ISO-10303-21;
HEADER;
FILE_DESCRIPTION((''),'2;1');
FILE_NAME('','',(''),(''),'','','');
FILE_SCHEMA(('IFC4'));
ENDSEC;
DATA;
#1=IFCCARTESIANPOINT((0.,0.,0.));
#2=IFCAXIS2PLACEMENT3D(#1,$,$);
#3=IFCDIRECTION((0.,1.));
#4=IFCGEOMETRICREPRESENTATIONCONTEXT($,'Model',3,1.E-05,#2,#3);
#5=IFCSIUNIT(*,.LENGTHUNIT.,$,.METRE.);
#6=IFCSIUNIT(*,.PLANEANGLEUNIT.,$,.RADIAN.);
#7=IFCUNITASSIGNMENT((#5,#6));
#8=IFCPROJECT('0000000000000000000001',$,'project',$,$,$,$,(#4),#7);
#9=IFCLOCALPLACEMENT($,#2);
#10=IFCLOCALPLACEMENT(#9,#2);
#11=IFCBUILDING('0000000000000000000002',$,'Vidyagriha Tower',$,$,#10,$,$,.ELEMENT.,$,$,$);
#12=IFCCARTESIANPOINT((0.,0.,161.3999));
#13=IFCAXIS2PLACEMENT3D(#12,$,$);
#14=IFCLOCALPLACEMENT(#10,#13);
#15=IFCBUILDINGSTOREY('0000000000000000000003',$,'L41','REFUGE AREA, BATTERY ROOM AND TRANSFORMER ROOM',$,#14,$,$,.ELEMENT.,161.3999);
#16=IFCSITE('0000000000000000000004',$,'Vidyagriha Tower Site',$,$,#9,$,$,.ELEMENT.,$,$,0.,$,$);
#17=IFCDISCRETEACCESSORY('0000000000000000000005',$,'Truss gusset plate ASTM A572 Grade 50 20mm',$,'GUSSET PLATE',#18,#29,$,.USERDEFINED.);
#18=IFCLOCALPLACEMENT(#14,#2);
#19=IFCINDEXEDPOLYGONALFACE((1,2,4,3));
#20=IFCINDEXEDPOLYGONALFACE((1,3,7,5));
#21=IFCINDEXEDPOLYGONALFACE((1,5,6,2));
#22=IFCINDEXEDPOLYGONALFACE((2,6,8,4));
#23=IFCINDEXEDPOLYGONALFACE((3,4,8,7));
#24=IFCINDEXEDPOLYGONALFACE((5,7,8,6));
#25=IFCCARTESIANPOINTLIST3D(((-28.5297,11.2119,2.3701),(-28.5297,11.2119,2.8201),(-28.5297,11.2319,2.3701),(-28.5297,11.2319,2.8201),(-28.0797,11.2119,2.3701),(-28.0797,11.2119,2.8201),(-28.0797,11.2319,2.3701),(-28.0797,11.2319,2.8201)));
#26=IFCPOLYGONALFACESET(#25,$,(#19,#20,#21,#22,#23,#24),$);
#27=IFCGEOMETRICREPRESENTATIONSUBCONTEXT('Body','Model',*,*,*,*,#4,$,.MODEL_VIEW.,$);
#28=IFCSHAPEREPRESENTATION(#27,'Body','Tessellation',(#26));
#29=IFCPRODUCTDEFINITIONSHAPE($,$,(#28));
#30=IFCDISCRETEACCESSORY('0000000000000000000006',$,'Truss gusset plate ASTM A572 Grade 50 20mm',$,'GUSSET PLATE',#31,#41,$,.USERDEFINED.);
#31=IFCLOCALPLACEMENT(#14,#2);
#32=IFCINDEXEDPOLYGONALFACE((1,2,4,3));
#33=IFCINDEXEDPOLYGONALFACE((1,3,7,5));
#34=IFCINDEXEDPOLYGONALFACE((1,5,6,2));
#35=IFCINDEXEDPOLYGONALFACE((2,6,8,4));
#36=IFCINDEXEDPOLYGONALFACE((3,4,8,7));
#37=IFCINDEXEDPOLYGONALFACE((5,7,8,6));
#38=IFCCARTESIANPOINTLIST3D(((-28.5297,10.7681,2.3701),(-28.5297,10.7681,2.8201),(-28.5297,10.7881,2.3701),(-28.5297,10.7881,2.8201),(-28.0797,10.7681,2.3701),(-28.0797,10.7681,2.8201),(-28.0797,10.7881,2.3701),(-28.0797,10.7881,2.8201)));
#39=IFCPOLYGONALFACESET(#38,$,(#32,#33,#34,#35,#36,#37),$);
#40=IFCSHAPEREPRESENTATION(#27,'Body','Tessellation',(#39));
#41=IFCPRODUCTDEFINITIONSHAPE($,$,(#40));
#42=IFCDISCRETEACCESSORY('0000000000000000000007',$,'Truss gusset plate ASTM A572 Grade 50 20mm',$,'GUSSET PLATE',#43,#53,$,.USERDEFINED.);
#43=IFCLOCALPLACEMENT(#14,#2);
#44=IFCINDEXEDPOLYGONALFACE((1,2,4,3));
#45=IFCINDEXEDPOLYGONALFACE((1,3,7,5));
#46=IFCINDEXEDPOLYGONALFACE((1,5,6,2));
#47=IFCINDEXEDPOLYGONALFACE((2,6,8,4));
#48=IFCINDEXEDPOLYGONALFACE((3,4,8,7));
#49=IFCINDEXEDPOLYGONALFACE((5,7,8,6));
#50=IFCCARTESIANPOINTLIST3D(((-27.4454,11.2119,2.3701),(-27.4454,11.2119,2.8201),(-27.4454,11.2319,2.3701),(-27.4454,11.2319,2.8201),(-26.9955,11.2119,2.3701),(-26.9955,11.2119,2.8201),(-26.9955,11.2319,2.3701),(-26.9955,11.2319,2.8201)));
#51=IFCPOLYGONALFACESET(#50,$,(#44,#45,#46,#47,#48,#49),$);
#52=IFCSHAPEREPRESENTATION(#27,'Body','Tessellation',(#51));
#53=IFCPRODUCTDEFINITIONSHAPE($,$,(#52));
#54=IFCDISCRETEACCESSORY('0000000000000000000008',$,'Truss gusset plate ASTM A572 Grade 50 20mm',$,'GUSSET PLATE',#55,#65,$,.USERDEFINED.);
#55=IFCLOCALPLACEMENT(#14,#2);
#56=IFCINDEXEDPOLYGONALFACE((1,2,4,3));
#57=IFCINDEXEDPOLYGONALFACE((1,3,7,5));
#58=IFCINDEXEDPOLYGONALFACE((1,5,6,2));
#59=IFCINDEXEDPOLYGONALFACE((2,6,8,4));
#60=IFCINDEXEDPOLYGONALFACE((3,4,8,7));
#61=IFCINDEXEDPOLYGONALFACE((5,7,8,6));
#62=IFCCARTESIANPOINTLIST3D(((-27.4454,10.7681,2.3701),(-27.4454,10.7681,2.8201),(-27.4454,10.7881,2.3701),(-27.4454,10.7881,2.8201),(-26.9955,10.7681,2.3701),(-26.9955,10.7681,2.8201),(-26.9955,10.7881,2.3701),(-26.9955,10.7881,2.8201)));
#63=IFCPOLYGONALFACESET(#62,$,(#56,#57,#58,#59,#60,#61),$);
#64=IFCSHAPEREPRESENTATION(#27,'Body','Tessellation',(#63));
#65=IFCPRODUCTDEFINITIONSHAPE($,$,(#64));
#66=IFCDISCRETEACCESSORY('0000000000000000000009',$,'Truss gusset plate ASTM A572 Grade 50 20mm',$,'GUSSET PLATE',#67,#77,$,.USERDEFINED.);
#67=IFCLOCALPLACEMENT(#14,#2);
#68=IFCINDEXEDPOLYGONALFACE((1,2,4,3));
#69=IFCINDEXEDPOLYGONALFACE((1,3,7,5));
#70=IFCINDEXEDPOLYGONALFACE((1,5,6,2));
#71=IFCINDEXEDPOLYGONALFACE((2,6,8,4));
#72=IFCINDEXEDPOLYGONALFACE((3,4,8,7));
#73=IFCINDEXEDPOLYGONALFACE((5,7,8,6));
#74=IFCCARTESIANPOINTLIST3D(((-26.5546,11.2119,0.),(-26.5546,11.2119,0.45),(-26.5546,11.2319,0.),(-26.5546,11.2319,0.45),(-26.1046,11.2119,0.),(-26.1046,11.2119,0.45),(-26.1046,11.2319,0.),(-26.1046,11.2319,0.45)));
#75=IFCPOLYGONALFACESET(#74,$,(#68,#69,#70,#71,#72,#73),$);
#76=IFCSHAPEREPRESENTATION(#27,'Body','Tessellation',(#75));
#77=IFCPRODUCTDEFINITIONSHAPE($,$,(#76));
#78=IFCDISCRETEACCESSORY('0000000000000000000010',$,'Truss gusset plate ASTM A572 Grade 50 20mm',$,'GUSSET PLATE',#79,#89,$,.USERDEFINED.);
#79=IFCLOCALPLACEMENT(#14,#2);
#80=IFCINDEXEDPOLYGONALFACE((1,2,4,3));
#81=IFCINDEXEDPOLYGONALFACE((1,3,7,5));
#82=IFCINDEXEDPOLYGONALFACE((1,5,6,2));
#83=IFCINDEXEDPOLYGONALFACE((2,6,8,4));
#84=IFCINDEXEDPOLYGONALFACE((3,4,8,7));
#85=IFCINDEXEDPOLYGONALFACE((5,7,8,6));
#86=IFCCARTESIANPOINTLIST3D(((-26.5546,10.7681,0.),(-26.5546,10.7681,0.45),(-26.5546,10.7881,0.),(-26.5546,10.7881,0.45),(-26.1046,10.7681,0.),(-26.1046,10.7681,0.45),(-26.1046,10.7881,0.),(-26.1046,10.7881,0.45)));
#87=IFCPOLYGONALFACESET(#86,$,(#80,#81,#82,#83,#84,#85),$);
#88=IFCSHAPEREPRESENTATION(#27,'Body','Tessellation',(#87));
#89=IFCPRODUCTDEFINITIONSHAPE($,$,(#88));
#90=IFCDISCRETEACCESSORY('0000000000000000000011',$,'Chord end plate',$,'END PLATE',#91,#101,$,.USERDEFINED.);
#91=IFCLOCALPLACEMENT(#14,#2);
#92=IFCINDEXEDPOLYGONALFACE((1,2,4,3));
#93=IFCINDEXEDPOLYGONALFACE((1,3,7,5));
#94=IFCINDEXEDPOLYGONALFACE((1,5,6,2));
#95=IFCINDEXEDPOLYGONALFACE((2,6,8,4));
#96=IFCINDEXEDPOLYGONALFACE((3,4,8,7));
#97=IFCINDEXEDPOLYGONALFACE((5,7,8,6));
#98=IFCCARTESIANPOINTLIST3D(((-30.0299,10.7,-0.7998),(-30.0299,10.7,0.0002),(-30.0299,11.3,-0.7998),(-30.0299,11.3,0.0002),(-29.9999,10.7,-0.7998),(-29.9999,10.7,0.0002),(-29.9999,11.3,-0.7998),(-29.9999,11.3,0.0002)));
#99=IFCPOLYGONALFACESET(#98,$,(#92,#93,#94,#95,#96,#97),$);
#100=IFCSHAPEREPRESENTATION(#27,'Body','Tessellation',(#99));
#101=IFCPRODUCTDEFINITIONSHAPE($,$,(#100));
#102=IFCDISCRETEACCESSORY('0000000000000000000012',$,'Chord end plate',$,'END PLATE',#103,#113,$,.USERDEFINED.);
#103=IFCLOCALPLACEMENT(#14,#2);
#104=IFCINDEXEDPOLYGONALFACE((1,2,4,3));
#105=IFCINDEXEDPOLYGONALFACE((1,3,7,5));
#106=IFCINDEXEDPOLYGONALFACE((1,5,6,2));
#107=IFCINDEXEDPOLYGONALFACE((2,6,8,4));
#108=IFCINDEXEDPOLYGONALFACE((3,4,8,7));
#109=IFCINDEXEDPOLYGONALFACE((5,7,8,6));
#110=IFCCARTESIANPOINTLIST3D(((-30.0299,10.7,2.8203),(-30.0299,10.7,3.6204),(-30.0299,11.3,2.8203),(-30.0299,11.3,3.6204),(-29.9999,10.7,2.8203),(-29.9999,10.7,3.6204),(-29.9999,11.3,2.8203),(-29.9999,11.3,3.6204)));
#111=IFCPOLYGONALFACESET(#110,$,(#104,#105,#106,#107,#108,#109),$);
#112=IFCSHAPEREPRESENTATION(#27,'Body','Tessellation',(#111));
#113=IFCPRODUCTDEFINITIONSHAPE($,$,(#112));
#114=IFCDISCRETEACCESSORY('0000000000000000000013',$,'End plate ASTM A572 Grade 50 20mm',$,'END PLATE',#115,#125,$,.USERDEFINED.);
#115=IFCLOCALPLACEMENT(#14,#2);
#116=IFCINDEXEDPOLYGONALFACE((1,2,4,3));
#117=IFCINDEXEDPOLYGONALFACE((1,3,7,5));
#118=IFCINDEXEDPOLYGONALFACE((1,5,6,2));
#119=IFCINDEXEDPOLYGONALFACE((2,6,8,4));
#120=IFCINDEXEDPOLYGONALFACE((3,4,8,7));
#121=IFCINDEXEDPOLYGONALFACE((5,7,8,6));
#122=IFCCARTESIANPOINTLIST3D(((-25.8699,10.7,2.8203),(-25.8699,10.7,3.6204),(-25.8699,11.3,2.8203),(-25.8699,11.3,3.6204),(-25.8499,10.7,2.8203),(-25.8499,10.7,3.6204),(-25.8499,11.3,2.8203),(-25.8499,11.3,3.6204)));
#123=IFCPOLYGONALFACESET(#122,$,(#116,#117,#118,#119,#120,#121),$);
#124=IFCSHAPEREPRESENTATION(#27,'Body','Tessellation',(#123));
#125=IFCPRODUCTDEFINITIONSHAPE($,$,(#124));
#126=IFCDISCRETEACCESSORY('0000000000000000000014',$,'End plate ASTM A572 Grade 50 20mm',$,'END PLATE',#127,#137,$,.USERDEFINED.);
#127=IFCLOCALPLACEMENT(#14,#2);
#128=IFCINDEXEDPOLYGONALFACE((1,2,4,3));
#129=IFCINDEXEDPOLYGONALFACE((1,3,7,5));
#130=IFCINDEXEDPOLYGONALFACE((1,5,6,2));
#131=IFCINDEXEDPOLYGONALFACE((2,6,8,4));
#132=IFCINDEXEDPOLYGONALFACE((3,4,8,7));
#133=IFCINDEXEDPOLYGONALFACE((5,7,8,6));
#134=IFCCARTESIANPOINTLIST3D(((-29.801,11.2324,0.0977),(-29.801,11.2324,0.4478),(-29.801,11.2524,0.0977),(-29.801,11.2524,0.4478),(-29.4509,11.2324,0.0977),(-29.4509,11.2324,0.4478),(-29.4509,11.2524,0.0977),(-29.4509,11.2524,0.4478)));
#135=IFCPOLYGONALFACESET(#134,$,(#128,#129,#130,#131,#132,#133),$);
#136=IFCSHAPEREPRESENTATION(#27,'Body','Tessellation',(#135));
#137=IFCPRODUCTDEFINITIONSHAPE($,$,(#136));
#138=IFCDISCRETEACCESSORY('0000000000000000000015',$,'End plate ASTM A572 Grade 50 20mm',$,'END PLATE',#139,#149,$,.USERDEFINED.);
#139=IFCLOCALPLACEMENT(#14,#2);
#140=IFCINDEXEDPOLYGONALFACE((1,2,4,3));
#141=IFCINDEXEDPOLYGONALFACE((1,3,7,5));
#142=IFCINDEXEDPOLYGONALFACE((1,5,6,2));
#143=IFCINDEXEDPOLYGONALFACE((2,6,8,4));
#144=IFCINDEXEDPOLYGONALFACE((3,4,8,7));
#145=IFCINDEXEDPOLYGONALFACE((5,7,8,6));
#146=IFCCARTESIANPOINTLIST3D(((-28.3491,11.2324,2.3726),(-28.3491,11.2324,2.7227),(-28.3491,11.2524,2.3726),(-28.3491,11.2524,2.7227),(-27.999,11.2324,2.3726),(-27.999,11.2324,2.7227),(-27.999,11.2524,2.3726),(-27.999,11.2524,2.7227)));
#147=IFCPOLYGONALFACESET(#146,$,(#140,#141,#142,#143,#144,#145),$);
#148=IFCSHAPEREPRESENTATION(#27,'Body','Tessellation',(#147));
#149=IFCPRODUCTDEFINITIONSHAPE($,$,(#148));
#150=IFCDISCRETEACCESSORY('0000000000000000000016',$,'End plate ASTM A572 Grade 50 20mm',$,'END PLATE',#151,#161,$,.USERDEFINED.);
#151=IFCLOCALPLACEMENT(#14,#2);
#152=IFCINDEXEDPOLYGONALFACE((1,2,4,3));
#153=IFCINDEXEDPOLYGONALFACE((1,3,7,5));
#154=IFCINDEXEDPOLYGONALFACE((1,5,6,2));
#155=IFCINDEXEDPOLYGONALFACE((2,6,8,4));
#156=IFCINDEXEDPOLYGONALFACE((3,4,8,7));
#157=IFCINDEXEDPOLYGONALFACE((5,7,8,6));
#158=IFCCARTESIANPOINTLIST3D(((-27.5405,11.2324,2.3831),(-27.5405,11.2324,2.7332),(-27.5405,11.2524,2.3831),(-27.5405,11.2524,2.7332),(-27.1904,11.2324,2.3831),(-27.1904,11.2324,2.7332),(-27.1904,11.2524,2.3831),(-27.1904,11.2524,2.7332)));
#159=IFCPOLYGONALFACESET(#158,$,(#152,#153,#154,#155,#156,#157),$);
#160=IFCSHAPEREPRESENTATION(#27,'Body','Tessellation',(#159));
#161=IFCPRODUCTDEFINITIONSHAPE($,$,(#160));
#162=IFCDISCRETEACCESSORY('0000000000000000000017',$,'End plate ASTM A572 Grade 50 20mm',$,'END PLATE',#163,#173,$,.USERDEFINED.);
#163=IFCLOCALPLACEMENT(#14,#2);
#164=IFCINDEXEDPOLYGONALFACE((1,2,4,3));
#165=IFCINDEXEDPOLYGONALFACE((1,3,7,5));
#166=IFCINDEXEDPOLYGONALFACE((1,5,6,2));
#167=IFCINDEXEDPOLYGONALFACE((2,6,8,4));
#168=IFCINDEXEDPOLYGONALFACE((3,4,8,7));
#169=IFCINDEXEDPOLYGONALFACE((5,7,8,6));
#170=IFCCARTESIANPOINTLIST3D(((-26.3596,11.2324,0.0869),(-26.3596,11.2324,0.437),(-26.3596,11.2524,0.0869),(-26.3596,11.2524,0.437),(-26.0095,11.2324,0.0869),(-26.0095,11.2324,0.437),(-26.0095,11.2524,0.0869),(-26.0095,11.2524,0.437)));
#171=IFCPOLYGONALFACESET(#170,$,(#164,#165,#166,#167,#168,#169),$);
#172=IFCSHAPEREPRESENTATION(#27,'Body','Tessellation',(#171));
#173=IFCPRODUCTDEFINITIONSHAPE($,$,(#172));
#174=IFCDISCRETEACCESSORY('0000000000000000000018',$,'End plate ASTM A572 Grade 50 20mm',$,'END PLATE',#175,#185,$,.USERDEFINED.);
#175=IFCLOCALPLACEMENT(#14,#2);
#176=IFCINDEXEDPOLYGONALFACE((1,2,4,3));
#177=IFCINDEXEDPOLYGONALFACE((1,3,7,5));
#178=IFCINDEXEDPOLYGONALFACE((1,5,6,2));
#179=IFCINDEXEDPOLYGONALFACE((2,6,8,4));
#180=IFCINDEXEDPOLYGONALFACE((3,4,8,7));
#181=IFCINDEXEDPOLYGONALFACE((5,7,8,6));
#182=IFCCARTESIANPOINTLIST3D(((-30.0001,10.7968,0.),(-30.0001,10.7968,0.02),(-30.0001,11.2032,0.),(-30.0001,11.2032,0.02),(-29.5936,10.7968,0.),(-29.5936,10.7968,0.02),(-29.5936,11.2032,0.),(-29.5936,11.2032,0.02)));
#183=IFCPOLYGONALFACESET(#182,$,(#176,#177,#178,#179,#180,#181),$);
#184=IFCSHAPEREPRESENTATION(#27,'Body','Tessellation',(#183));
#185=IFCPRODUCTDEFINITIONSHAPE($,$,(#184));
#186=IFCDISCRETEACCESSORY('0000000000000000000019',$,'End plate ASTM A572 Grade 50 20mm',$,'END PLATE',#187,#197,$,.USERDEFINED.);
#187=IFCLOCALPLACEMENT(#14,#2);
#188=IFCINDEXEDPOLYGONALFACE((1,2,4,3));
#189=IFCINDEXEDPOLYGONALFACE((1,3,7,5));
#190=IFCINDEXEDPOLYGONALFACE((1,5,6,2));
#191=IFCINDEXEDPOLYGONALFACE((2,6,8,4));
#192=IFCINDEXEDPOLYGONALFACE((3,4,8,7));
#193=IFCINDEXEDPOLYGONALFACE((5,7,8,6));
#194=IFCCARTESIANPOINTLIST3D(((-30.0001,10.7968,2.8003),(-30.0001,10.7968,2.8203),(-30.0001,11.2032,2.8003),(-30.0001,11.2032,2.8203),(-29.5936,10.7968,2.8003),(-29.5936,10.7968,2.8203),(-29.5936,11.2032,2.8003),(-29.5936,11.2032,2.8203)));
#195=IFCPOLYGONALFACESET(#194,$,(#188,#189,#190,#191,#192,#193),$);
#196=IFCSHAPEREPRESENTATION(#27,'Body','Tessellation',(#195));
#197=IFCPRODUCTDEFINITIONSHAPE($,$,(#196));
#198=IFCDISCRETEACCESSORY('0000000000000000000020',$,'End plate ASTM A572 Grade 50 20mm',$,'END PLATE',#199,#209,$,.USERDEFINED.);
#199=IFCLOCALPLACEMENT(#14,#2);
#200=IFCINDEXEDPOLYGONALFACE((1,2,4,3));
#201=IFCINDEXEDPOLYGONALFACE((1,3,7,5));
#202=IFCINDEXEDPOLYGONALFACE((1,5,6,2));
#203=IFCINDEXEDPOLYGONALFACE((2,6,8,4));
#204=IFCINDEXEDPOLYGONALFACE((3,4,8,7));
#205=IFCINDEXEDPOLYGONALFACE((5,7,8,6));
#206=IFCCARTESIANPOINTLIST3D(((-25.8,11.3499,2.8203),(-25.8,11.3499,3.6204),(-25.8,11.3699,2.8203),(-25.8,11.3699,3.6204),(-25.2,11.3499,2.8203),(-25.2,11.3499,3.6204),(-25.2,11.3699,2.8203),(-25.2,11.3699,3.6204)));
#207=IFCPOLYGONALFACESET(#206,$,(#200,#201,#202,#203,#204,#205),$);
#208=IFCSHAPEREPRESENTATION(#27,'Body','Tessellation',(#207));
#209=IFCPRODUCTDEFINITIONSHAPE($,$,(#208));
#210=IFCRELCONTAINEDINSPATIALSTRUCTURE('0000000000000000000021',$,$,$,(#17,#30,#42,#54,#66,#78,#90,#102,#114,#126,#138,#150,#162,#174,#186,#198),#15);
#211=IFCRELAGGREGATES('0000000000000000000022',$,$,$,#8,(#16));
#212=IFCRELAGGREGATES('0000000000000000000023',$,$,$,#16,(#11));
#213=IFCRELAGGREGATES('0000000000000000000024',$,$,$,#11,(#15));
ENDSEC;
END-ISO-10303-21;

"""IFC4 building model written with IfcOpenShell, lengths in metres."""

from ifc_helpers import new_model, si_unit, direction, frame, origin, origin_2d, place, context, subcontext, project, spatial, rectangle, extrude, element, save


model = new_model("IFC4")

# Units and contexts
model_context = context("Model", 3, precision=1e-05, world=origin(), true_north=direction((0.0, 1.0)))
body_context = subcontext(model_context, "Body", "Model", "MODEL_VIEW")
ifc_project = project(units=[si_unit("LENGTHUNIT", "METRE"), si_unit("PLANEANGLEUNIT", "RADIAN")], contexts=[model_context])

# Site, building, storey
site_placement = place(None, origin())
site = spatial("IfcSite", under=ifc_project, at=site_placement, Name="Vidyagriha Tower Site", CompositionType="ELEMENT", RefElevation=0.0)
building_placement = place(site_placement, origin())
building = spatial("IfcBuilding", under=site, at=building_placement, Name="Vidyagriha Tower", CompositionType="ELEMENT")
storey_placement = place(building_placement, frame((0.0, 0.0, 161.3999)))
storey = spatial("IfcBuildingStorey", under=building, at=storey_placement, Name="L41", Description="REFUGE AREA, BATTERY ROOM AND TRANSFORMER ROOM", CompositionType="ELEMENT", Elevation=161.3999)

# Discrete accessories
for number, where, name in (
    (1, (-28.3047, 11.2219, 2.3701), "Truss gusset plate ASTM A572 Grade 50 20mm"),
    (2, (-28.3047, 10.7781, 2.3701), "Truss gusset plate ASTM A572 Grade 50 20mm"),
    (3, (-27.2205, 11.2219, 2.3701), "Truss gusset plate ASTM A572 Grade 50 20mm"),
    (4, (-27.2205, 10.7781, 2.3701), "Truss gusset plate ASTM A572 Grade 50 20mm"),
    (5, (-26.3296, 11.2219, 0.0), "Truss gusset plate ASTM A572 Grade 50 20mm"),
    (6, (-26.3296, 10.7781, 0.0), "Truss gusset plate ASTM A572 Grade 50 20mm"),
):
    element("IfcDiscreteAccessory", number, at=place(storey_placement, frame(where)), inside=storey, Name=name, ObjectType="GUSSET PLATE", PredefinedType="USERDEFINED", context=body_context, shape_type="SweptSolid", body=[
        extrude(rectangle(XDim=0.45, YDim=0.02, at=origin_2d()), origin(), (0.0, 0.0, 1.0), 0.45),
    ])
for number, where, z_axis, x_axis, name in (
    (7, (-30.0149, 11.0, -0.7998), (0.0, 0.0, 1.0), (-1.0, 0.0, 0.0), "Chord end plate"),
    (8, (-30.0149, 11.0, 2.8203), (0.0, 0.0, 1.0), (-1.0, 0.0, 0.0), "Chord end plate"),
):
    element("IfcDiscreteAccessory", number, at=place(storey_placement, frame(where, z_axis=z_axis, x_axis=x_axis)), inside=storey, Name=name, ObjectType="END PLATE", PredefinedType="USERDEFINED", context=body_context, shape_type="SweptSolid", body=[
        extrude(rectangle(XDim=0.03, YDim=0.6001, at=origin_2d()), origin(), (0.0, 0.0, 1.0), 0.8),
    ])
discrete_accessory_1_placement = place(storey_placement, frame((-25.8599, 11.0, 2.8203)))
element("IfcDiscreteAccessory", 9, at=discrete_accessory_1_placement, inside=storey, Name="End plate ASTM A572 Grade 50 20mm", ObjectType="END PLATE", PredefinedType="USERDEFINED", context=body_context, shape_type="SweptSolid", body=[
    extrude(rectangle(XDim=0.02, YDim=0.6001, at=origin_2d()), origin(), (0.0, 0.0, 1.0), 0.8),
])
discrete_accessory_2_placement = place(storey_placement, frame((-29.626, 11.2424, 0.0977), z_axis=(0.0, 0.0, 1.0), x_axis=(-1.0, 0.0, 0.0)))
element("IfcDiscreteAccessory", 10, at=discrete_accessory_2_placement, inside=storey, Name="End plate ASTM A572 Grade 50 20mm", ObjectType="END PLATE", PredefinedType="USERDEFINED", context=body_context, shape_type="SweptSolid", body=[
    extrude(rectangle(XDim=0.3501, YDim=0.02, at=origin_2d()), origin(), (0.0, 0.0, 1.0), 0.3501),
])
discrete_accessory_3_placement = place(storey_placement, frame((-28.1741, 11.2424, 2.3726)))
element("IfcDiscreteAccessory", 11, at=discrete_accessory_3_placement, inside=storey, Name="End plate ASTM A572 Grade 50 20mm", ObjectType="END PLATE", PredefinedType="USERDEFINED", context=body_context, shape_type="SweptSolid", body=[
    extrude(rectangle(XDim=0.3501, YDim=0.02, at=origin_2d()), origin(), (0.0, 0.0, 1.0), 0.3501),
])
discrete_accessory_4_placement = place(storey_placement, frame((-27.3655, 11.2424, 2.3831), z_axis=(0.0, 0.0, 1.0), x_axis=(-1.0, 0.0, 0.0)))
element("IfcDiscreteAccessory", 12, at=discrete_accessory_4_placement, inside=storey, Name="End plate ASTM A572 Grade 50 20mm", ObjectType="END PLATE", PredefinedType="USERDEFINED", context=body_context, shape_type="SweptSolid", body=[
    extrude(rectangle(XDim=0.3501, YDim=0.02, at=origin_2d()), origin(), (0.0, 0.0, 1.0), 0.3501),
])
discrete_accessory_5_placement = place(storey_placement, frame((-26.1846, 11.2424, 0.0869)))
element("IfcDiscreteAccessory", 13, at=discrete_accessory_5_placement, inside=storey, Name="End plate ASTM A572 Grade 50 20mm", ObjectType="END PLATE", PredefinedType="USERDEFINED", context=body_context, shape_type="SweptSolid", body=[
    extrude(rectangle(XDim=0.3501, YDim=0.02, at=origin_2d()), origin(), (0.0, 0.0, 1.0), 0.3501),
])
for number, where, name in (
    (14, (-29.7969, 11.0, 0.0), "End plate ASTM A572 Grade 50 20mm"),
    (15, (-29.7969, 11.0, 2.8003), "End plate ASTM A572 Grade 50 20mm"),
):
    element("IfcDiscreteAccessory", number, at=place(storey_placement, frame(where)), inside=storey, Name=name, ObjectType="END PLATE", PredefinedType="USERDEFINED", context=body_context, shape_type="SweptSolid", body=[
        extrude(rectangle(XDim=0.4065, YDim=0.4065, at=origin_2d()), origin(), (0.0, 0.0, 1.0), 0.02),
    ])
discrete_accessory_6_placement = place(storey_placement, frame((-25.5, 11.3599, 2.8203), z_axis=(0.0, 0.0, 1.0), x_axis=(0.0, -1.0, 0.0)))
element("IfcDiscreteAccessory", 16, at=discrete_accessory_6_placement, inside=storey, Name="End plate ASTM A572 Grade 50 20mm", ObjectType="END PLATE", PredefinedType="USERDEFINED", context=body_context, shape_type="SweptSolid", body=[
    extrude(rectangle(XDim=0.02, YDim=0.6001, at=origin_2d()), origin(), (0.0, 0.0, 1.0), 0.8),
])

save(model, "model.ifc")
